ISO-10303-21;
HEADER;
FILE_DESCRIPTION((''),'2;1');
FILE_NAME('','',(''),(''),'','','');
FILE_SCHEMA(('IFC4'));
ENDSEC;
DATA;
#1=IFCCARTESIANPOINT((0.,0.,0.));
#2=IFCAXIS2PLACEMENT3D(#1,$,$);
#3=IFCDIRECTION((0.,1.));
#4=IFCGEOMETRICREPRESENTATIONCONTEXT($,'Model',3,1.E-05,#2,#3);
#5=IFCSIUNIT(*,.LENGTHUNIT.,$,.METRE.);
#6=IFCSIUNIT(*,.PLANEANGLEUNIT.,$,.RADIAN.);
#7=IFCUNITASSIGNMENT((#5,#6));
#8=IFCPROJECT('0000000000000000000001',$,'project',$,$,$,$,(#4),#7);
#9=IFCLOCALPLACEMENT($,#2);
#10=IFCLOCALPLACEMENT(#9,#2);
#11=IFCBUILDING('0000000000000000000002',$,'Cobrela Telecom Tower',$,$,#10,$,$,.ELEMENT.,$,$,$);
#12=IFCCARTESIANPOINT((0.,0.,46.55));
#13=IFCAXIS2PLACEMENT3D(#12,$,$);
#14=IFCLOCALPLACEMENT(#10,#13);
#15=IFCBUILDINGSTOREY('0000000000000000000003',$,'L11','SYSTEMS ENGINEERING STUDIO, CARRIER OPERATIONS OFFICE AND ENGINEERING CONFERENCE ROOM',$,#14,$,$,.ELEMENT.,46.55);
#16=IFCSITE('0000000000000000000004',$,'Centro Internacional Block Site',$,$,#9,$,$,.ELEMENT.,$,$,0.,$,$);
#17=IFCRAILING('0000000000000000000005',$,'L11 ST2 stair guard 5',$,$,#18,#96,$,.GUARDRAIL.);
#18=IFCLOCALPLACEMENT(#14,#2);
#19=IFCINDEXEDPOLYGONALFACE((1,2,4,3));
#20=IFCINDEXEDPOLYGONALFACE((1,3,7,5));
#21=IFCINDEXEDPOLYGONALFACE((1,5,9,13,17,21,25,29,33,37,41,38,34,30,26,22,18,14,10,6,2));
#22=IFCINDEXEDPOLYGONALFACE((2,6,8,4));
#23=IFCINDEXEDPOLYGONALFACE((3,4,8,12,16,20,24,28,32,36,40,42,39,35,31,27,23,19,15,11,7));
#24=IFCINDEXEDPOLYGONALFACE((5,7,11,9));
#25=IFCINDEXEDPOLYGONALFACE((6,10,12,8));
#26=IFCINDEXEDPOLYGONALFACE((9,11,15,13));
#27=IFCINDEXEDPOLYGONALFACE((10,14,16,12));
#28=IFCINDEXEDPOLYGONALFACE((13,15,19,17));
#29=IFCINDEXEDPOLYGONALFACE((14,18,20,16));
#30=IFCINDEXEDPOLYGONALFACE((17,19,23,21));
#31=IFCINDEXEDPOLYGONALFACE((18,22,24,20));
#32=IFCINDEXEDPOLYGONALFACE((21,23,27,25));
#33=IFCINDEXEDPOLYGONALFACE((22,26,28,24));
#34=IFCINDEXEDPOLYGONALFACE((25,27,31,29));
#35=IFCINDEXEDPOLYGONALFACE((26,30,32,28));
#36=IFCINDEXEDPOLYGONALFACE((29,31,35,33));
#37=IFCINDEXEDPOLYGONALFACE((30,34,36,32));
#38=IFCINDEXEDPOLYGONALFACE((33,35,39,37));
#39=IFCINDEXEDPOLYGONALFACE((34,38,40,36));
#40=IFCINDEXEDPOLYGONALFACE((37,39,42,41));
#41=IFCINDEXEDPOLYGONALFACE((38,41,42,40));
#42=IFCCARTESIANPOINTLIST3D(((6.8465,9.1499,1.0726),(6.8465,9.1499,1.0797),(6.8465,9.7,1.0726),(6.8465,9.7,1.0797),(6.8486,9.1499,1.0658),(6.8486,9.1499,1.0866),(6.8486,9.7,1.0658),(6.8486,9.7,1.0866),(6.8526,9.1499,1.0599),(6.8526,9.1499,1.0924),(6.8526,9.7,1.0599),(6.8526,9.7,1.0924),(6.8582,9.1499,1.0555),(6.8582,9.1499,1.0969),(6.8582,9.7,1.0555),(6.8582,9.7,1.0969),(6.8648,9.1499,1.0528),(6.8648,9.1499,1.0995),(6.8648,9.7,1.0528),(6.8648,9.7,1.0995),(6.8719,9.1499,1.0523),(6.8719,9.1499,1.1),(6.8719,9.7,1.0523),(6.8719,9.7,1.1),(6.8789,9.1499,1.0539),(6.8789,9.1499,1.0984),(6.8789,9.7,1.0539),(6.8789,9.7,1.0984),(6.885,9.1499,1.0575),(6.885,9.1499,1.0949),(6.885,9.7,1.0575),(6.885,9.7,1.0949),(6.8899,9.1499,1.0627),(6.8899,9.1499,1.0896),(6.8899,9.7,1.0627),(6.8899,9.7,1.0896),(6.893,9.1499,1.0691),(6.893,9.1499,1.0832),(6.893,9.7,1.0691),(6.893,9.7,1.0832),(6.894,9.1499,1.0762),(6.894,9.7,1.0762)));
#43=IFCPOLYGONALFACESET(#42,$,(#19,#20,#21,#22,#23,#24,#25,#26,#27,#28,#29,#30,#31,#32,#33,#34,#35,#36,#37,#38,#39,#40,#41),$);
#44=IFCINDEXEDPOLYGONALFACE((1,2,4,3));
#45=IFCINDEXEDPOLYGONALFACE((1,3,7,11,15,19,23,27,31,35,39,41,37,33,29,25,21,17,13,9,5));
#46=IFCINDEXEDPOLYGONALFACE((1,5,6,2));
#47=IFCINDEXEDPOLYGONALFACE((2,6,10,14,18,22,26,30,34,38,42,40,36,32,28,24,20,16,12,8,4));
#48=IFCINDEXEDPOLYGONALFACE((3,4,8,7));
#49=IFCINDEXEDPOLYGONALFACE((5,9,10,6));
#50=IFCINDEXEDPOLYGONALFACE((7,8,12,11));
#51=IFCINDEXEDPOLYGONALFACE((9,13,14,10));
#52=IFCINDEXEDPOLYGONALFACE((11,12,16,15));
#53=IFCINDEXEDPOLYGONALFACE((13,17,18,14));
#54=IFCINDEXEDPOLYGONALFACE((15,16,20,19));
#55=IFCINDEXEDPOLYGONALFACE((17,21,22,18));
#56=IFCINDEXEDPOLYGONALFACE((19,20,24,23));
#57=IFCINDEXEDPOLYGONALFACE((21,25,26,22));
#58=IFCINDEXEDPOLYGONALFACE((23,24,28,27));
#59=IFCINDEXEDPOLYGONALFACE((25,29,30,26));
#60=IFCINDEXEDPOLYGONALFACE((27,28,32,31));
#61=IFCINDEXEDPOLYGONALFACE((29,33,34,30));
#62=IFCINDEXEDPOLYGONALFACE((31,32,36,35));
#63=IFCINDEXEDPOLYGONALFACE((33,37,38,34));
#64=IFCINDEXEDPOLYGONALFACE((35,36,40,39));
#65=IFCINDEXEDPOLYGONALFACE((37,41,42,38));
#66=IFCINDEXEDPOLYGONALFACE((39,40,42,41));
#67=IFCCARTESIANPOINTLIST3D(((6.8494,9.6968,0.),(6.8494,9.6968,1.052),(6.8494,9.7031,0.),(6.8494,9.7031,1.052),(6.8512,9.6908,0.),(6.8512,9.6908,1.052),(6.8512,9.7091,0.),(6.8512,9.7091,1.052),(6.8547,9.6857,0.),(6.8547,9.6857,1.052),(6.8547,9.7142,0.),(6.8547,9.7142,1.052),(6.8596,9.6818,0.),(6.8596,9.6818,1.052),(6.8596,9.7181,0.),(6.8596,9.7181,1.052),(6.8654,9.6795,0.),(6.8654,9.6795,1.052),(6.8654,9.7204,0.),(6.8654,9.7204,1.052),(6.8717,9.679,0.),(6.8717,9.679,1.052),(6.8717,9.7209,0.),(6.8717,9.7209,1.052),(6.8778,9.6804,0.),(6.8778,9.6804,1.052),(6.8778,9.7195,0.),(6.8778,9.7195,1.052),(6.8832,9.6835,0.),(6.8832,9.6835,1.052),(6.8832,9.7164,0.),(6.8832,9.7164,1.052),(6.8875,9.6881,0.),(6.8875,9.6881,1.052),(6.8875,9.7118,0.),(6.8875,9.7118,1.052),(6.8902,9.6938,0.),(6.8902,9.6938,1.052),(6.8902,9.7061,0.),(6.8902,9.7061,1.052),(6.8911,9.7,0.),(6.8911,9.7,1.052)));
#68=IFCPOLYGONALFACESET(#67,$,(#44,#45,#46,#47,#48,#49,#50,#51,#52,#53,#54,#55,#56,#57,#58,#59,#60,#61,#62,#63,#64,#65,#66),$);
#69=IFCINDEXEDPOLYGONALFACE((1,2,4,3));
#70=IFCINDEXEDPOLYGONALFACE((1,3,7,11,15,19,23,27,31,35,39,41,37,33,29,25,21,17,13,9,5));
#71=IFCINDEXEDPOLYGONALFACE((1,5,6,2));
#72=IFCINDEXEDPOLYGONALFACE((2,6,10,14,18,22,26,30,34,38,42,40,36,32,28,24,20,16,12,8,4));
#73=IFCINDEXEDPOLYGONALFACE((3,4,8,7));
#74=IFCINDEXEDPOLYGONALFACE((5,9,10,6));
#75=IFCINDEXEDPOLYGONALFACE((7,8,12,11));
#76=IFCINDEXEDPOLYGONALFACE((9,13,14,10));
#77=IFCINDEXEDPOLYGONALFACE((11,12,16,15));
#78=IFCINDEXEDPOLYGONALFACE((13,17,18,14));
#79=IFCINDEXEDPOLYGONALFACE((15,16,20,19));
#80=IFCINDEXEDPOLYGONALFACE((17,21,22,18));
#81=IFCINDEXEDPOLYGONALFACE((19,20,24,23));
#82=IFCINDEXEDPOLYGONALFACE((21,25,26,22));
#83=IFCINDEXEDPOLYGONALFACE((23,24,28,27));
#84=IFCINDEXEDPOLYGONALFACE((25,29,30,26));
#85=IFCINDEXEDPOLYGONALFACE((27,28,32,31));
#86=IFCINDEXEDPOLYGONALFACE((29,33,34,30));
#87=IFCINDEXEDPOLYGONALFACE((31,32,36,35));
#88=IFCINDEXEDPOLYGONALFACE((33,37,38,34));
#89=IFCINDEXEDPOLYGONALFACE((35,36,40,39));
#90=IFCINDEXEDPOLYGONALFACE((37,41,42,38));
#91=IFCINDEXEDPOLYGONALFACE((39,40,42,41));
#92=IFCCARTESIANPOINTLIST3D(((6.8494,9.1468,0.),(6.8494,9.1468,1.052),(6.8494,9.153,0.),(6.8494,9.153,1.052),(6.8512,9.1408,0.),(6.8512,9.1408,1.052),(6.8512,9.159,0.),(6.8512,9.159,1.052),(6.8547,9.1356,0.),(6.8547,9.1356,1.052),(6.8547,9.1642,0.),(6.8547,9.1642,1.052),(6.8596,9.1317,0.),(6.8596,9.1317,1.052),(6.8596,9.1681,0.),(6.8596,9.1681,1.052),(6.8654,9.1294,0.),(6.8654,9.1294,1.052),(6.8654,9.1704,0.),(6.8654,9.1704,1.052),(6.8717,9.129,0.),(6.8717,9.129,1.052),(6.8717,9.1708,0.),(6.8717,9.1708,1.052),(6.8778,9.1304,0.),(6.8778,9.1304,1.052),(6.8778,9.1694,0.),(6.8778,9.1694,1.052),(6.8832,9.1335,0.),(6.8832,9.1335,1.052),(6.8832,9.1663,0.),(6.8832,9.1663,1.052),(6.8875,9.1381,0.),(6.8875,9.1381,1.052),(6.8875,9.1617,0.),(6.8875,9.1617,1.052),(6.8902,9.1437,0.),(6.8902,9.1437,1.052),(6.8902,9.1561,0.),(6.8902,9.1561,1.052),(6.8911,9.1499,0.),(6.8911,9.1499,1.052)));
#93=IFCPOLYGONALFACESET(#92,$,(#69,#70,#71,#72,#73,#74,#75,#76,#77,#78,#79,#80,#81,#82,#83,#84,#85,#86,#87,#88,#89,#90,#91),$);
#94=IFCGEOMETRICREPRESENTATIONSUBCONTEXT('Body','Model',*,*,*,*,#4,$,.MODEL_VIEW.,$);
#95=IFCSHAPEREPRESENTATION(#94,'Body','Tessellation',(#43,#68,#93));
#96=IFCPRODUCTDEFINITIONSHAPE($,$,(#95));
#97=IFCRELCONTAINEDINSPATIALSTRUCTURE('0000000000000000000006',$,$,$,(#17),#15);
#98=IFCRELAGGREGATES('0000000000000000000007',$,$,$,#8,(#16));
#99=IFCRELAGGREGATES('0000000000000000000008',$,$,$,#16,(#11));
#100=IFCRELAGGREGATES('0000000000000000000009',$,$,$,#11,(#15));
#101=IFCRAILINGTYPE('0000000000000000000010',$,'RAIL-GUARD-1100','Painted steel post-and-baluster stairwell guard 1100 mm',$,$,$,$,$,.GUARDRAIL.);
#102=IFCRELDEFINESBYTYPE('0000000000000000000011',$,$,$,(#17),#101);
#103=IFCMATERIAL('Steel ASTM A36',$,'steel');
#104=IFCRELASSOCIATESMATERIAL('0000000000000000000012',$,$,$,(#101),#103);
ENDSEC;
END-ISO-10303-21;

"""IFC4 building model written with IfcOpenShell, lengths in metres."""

from ifc_helpers import new_model, si_unit, direction, frame, origin, origin_2d, place, context, subcontext, project, spatial, circle, extrude, material, type_object, element, save


model = new_model("IFC4")

# Units and contexts
model_context = context("Model", 3, precision=1e-05, world=origin(), true_north=direction((0.0, 1.0)))
body_context = subcontext(model_context, "Body", "Model", "MODEL_VIEW")
ifc_project = project(units=[si_unit("LENGTHUNIT", "METRE"), si_unit("PLANEANGLEUNIT", "RADIAN")], contexts=[model_context])

# Site, building, storey
site_placement = place(None, origin())
site = spatial("IfcSite", under=ifc_project, at=site_placement, Name="Centro Internacional Block Site", CompositionType="ELEMENT", RefElevation=0.0)
building_placement = place(site_placement, origin())
building = spatial("IfcBuilding", under=site, at=building_placement, Name="Cobrela Telecom Tower", CompositionType="ELEMENT")
storey_placement = place(building_placement, frame((0.0, 0.0, 46.55)))
storey = spatial("IfcBuildingStorey", under=building, at=storey_placement, Name="L11", Description="SYSTEMS ENGINEERING STUDIO, CARRIER OPERATIONS OFFICE AND ENGINEERING CONFERENCE ROOM", CompositionType="ELEMENT", Elevation=46.55)

# Railing
ifc_material_1 = material(Name="Steel ASTM A36", Category="steel")
railing_type_1 = type_object("IfcRailingType", Name="RAIL-GUARD-1100", Description="Painted steel post-and-baluster stairwell guard 1100 mm", PredefinedType="GUARDRAIL", material=ifc_material_1)
railing_1_placement = place(storey_placement, frame((6.8701, 9.7, 0.0)))
element("IfcRailing", 1, at=railing_1_placement, inside=storey, type_object=railing_type_1, Name="L11 ST2 stair guard 5", PredefinedType="GUARDRAIL", context=body_context, shape_type="SweptSolid", body=[
    extrude(circle(Radius=0.0239, at=origin_2d()), frame((0.0, 0.0, 1.0762), z_axis=(0.0, -1.0, 0.0), x_axis=(1.0, 0.0, 0.0)), (0.0, 0.0, 1.0), 0.55),
    extrude(circle(Radius=0.021, at=origin_2d()), origin(), (0.0, 0.0, 1.0), 1.052),
    extrude(circle(Radius=0.021, at=origin_2d()), frame((0.0, -0.55, 0.0)), (0.0, 0.0, 1.0), 1.052),
])

save(model, "model.ifc")
